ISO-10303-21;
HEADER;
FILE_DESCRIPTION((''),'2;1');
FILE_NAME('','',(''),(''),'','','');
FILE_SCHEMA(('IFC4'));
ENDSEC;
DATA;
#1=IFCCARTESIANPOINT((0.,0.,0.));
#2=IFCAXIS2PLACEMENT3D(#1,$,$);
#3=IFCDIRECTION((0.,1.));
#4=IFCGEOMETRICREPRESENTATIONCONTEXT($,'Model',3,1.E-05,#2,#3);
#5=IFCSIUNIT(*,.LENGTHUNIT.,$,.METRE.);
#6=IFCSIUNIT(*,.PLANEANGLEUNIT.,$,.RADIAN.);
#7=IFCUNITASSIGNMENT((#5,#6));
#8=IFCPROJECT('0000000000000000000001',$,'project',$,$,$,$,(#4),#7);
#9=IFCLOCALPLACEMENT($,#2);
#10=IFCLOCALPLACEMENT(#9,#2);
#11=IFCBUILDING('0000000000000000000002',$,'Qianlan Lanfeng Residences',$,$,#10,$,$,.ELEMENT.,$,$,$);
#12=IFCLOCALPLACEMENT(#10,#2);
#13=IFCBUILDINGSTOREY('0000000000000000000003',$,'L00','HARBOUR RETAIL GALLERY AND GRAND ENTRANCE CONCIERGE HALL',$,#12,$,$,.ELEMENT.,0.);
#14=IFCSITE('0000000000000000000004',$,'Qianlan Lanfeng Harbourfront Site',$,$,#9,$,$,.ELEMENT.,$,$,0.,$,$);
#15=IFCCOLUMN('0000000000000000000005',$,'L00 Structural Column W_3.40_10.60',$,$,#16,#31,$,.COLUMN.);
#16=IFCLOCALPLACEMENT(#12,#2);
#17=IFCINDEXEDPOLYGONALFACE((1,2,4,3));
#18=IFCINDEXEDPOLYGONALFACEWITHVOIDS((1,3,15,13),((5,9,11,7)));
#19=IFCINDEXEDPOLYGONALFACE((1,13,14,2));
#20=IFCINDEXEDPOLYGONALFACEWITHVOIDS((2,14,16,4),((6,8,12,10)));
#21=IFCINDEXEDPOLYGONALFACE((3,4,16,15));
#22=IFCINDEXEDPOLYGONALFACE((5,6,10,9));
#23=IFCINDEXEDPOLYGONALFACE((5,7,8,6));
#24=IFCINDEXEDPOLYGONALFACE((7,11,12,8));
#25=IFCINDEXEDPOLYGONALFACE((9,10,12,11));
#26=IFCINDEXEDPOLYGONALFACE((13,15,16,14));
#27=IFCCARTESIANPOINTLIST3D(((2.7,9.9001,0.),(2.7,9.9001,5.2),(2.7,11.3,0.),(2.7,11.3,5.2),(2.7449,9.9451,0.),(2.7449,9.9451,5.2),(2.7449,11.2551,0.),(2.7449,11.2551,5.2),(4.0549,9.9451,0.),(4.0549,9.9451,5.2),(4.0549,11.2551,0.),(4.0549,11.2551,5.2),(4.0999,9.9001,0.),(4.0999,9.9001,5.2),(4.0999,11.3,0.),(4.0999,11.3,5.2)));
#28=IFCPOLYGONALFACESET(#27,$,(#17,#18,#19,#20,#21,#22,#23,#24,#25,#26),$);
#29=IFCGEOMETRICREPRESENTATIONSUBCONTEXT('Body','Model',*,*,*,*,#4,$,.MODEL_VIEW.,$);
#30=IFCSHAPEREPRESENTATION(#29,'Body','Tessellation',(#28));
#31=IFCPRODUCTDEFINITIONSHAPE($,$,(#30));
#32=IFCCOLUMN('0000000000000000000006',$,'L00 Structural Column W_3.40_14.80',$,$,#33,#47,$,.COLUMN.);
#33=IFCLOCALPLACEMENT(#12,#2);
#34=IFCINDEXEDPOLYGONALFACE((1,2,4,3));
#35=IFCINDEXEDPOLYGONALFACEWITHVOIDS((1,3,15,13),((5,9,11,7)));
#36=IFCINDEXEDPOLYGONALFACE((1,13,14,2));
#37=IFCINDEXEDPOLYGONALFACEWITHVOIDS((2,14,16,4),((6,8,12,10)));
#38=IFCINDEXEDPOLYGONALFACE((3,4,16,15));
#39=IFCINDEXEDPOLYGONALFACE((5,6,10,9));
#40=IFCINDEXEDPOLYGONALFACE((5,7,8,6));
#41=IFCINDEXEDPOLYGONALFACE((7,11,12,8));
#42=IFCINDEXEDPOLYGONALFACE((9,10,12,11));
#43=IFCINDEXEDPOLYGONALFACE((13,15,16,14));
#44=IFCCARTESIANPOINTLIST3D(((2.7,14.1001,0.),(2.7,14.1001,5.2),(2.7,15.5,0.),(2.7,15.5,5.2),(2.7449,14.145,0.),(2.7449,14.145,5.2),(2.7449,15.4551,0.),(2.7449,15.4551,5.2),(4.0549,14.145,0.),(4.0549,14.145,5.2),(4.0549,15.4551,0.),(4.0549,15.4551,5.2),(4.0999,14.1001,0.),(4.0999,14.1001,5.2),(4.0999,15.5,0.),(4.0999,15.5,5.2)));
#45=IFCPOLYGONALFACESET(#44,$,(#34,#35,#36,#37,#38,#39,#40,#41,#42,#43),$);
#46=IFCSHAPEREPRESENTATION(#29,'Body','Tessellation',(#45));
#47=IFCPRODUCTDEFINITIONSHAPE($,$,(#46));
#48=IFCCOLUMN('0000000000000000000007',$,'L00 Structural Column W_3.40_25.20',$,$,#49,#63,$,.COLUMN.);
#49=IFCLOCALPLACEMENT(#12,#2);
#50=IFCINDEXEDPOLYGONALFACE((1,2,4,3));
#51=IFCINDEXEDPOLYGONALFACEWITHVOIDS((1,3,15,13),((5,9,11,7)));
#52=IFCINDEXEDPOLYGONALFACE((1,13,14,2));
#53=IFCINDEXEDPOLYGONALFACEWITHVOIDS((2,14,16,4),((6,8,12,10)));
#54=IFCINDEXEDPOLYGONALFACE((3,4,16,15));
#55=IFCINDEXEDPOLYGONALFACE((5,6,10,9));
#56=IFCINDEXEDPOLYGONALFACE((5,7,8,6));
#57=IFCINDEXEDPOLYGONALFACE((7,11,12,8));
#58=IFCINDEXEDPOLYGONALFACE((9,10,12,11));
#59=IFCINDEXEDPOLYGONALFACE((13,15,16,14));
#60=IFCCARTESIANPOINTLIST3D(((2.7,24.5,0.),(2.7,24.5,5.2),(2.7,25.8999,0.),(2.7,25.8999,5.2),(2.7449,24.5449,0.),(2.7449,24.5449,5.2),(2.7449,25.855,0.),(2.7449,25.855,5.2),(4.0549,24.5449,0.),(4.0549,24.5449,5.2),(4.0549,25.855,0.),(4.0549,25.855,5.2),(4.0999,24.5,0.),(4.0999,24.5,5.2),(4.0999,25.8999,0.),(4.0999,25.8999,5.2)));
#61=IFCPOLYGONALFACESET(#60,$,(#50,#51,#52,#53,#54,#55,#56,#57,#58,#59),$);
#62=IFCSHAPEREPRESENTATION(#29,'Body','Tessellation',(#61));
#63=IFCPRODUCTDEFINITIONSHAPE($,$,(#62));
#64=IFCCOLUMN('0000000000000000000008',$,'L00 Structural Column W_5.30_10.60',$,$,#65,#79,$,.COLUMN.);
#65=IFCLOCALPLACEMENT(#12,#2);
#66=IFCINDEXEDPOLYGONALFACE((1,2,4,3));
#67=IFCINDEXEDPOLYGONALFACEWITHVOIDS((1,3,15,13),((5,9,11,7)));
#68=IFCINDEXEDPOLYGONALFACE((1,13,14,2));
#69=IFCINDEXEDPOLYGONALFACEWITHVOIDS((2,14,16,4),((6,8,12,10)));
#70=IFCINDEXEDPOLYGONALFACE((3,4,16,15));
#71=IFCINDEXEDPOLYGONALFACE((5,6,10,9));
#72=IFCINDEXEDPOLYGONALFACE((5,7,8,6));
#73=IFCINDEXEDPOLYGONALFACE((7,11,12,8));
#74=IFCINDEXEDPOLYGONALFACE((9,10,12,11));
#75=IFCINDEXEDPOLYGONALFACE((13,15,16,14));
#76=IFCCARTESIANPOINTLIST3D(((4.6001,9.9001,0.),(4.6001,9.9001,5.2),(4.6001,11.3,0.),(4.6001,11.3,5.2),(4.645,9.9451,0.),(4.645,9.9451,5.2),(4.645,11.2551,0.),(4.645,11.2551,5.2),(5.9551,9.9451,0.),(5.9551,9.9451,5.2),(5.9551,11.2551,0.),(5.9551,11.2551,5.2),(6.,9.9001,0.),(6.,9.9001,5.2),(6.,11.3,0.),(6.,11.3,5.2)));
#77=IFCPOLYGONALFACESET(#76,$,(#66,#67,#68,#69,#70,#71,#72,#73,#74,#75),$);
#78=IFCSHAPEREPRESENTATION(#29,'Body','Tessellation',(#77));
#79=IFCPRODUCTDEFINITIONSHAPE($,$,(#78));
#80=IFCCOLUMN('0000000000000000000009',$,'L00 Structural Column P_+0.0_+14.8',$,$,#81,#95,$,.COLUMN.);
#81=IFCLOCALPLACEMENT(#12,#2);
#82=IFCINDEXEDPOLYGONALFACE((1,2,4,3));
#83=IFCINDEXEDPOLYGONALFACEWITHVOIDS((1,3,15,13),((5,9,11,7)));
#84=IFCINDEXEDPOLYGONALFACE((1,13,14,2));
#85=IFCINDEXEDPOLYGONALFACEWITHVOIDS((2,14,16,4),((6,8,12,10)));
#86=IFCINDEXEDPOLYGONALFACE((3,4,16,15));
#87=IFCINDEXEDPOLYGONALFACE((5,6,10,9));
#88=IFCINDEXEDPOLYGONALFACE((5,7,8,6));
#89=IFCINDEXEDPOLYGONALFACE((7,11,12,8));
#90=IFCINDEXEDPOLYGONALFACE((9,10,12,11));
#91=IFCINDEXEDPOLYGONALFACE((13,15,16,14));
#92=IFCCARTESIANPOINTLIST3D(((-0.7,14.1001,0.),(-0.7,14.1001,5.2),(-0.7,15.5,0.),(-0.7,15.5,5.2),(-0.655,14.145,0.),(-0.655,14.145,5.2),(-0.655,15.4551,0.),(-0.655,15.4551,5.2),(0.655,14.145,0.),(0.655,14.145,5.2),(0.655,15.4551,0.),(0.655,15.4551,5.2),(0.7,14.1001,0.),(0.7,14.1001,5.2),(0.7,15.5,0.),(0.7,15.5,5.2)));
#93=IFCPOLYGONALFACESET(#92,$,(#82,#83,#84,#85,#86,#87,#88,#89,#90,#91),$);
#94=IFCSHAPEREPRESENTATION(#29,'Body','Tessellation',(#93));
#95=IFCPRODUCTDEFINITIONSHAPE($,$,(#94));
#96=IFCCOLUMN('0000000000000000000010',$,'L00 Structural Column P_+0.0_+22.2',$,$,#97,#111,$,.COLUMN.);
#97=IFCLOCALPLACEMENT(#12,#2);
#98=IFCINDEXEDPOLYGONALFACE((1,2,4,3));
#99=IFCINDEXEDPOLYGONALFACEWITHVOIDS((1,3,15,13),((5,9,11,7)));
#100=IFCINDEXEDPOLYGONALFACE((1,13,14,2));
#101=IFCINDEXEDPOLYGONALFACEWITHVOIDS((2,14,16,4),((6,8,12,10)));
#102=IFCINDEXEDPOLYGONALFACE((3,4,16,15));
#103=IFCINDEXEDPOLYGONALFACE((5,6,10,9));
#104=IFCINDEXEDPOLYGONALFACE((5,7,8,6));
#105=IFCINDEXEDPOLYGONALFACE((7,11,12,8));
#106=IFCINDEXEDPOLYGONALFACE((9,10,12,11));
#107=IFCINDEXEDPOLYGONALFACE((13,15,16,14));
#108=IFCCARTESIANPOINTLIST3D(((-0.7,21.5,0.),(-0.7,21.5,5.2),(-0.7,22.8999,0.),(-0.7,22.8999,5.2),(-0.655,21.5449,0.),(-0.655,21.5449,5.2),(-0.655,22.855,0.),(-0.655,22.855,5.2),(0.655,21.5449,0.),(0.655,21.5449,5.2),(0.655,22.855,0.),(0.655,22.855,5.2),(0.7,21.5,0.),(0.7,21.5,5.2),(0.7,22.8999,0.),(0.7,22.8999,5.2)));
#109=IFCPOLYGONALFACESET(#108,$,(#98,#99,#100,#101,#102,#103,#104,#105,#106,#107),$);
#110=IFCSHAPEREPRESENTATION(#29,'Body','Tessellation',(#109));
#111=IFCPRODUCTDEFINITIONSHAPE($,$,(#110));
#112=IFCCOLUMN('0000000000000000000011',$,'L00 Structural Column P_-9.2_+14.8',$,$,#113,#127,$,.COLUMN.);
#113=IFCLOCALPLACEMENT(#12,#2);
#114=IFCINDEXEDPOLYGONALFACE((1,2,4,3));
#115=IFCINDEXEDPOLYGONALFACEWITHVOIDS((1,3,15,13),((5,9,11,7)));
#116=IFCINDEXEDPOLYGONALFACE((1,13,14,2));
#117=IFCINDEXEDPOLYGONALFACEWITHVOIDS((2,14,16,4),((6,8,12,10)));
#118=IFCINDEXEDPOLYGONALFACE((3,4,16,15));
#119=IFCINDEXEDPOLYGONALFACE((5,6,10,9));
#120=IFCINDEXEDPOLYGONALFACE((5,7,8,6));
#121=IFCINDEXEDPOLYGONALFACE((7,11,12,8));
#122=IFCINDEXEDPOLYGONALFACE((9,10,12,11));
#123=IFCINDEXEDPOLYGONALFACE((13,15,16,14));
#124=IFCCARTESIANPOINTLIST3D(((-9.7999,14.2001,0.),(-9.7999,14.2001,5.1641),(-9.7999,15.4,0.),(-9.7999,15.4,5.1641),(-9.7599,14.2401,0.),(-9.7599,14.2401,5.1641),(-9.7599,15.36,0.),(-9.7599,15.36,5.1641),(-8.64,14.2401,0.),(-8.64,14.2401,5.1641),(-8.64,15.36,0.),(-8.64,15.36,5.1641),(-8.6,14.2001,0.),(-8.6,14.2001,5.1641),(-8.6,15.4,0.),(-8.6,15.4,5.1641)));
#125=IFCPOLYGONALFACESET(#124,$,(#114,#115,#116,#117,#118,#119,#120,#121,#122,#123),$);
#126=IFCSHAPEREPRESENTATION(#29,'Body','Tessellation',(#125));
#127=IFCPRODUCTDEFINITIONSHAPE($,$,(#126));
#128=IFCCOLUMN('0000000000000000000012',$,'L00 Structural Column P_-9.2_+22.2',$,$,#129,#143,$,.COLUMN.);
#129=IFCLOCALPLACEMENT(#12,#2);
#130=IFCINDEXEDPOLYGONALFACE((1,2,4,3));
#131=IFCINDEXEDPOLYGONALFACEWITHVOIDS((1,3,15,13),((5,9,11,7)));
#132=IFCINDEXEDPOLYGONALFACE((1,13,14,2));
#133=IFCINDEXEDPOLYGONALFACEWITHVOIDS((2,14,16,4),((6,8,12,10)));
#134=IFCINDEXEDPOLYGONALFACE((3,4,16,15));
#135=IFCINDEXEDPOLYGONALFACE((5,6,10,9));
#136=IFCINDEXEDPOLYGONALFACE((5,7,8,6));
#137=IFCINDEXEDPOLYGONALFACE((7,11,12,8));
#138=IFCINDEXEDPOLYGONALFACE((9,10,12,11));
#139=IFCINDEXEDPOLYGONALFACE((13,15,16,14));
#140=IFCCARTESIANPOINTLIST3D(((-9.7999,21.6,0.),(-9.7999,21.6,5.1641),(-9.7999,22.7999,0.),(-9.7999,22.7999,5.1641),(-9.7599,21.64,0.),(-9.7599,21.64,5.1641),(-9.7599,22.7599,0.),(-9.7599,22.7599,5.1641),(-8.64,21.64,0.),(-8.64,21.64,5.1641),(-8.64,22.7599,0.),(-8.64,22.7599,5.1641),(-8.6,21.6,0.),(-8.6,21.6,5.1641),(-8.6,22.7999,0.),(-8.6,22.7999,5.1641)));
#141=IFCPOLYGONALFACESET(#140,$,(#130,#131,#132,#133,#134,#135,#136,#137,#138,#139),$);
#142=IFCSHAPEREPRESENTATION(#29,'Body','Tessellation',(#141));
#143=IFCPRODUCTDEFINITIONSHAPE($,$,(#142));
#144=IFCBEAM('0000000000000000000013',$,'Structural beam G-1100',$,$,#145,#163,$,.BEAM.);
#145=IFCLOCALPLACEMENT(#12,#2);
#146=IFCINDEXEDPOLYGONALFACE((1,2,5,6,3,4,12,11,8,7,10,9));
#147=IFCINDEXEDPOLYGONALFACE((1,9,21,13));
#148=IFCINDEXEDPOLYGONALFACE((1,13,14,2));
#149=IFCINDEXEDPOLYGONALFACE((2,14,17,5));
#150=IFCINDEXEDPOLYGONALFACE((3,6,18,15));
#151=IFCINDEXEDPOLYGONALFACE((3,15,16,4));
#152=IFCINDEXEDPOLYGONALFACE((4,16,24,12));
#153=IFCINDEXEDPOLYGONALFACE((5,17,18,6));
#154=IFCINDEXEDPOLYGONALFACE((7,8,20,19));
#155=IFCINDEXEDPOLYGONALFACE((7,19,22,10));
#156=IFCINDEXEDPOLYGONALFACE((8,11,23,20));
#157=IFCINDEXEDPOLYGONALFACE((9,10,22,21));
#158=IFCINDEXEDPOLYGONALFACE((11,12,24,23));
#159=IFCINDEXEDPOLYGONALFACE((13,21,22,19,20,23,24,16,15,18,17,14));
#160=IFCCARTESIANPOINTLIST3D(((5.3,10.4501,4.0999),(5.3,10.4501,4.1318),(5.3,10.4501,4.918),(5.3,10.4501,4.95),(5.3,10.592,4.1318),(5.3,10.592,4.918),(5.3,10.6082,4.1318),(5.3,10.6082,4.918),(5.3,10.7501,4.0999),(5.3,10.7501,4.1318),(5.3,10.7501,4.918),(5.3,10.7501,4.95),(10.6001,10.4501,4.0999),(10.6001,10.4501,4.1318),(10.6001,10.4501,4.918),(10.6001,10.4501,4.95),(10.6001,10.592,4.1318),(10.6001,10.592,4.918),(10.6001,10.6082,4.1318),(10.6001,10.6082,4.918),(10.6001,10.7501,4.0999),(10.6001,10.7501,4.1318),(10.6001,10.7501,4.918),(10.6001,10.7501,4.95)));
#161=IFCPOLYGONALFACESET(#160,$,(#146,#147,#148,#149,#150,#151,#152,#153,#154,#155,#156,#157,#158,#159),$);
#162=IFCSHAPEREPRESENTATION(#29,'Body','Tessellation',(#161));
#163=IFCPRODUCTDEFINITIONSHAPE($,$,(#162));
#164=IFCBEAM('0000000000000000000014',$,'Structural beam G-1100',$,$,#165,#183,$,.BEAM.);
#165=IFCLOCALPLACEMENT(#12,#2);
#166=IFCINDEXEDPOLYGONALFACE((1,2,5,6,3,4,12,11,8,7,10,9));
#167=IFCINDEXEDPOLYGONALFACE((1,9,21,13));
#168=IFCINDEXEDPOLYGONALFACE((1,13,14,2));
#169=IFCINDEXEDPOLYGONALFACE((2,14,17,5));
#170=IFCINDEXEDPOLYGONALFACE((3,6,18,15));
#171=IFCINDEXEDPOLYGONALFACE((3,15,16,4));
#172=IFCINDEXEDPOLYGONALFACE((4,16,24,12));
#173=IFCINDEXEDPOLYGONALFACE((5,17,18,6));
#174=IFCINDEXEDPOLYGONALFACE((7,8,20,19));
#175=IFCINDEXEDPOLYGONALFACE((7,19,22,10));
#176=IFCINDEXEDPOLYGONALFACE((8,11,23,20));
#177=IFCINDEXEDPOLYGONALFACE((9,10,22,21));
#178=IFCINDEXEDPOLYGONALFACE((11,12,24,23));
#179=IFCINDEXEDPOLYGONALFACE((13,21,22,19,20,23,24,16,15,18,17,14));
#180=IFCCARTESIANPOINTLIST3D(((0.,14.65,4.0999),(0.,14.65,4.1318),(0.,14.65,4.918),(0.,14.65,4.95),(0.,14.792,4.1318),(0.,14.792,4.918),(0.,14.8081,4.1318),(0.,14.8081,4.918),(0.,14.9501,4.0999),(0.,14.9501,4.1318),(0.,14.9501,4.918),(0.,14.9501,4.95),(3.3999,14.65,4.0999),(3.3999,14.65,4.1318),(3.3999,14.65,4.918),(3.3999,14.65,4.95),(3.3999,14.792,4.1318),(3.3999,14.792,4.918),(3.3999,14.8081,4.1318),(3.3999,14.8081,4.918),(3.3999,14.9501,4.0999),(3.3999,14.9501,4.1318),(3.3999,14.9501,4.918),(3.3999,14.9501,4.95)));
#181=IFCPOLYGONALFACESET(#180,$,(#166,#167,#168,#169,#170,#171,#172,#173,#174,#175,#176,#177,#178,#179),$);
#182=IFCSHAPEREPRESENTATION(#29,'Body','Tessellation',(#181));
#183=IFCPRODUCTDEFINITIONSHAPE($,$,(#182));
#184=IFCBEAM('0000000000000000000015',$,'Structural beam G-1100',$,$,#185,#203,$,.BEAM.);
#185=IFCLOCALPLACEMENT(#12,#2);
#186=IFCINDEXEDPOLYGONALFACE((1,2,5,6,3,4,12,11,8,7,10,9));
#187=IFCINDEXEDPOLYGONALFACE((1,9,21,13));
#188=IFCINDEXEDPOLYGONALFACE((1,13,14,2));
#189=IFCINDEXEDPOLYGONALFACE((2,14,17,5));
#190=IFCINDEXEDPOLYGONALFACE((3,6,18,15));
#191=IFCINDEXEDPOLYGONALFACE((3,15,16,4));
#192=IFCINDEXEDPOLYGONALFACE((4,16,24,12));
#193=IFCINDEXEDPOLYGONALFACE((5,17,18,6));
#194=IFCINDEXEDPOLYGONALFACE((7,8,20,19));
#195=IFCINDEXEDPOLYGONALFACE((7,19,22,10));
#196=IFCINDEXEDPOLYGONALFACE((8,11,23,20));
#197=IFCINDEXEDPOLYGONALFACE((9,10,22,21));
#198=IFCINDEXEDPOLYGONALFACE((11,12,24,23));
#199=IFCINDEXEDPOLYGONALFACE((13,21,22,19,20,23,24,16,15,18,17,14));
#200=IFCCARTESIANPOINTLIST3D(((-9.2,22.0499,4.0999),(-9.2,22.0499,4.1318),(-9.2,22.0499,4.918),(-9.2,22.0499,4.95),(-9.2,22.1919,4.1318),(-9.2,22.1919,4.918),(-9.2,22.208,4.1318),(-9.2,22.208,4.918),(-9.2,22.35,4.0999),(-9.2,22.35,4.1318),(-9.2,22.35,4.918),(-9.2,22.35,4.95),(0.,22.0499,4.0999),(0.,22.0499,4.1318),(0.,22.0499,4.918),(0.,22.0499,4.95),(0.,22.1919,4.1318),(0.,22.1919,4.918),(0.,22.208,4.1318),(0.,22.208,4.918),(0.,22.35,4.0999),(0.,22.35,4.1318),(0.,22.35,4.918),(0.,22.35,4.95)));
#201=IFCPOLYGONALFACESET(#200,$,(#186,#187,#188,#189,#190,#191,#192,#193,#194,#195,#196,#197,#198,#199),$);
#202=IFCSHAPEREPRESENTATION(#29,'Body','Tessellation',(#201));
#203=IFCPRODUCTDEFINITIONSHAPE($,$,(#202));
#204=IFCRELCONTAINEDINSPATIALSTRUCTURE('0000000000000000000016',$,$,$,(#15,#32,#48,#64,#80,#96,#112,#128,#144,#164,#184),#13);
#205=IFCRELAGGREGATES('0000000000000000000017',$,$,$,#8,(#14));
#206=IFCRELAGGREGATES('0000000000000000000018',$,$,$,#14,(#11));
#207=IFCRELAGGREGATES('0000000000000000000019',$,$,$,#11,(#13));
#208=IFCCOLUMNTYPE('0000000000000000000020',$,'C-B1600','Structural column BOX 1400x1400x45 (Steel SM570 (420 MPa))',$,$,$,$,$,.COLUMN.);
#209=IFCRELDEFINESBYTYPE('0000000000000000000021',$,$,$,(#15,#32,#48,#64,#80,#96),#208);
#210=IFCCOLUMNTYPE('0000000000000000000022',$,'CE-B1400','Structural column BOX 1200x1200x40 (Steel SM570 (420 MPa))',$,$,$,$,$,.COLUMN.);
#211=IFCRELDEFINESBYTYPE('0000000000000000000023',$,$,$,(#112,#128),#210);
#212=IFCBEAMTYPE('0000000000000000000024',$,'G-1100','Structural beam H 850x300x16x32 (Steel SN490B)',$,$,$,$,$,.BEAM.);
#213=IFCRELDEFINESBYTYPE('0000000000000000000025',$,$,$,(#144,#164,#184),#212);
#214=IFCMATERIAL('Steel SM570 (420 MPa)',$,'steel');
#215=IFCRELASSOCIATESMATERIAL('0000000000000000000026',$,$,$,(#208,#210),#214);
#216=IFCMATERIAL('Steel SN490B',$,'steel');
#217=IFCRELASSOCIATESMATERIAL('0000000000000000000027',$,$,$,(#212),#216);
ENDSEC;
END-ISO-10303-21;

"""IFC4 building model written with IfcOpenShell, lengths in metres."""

from ifc_helpers import new_model, si_unit, direction, frame, origin, origin_2d, place, context, subcontext, project, spatial, hollow_rectangle, i_section, extrude, material, material_profile, profile_set, type_object, element, save


model = new_model("IFC4")

# Units and contexts
model_context = context("Model", 3, precision=1e-05, world=origin(), true_north=direction((0.0, 1.0)))
body_context = subcontext(model_context, "Body", "Model", "MODEL_VIEW")
ifc_project = project(units=[si_unit("LENGTHUNIT", "METRE"), si_unit("PLANEANGLEUNIT", "RADIAN")], contexts=[model_context])

# Site, building, storey
site_placement = place(None, origin())
site = spatial("IfcSite", under=ifc_project, at=site_placement, Name="Qianlan Lanfeng Harbourfront Site", CompositionType="ELEMENT", RefElevation=0.0)
building_placement = place(site_placement, origin())
building = spatial("IfcBuilding", under=site, at=building_placement, Name="Qianlan Lanfeng Residences", CompositionType="ELEMENT")
storey_placement = place(building_placement, origin())
storey = spatial("IfcBuildingStorey", under=building, at=storey_placement, Name="L00", Description="HARBOUR RETAIL GALLERY AND GRAND ENTRANCE CONCIERGE HALL", CompositionType="ELEMENT", Elevation=0.0)

# Columns
ifc_material_1 = material(Name="Steel SM570 (420 MPa)", Category="steel")
ifc_material_profile_1 = material_profile(ifc_material_1, hollow_rectangle(XDim=1.3999, YDim=1.3999, WallThickness=0.0449, at=origin_2d()), Name="BOX 1400x1400x45")
ifc_profile_set_1 = profile_set([ifc_material_profile_1], Name="Steel SM570 (420 MPa)")
column_type_1 = type_object("IfcColumnType", Name="C-B1600", Description="Structural column BOX 1400x1400x45 (Steel SM570 (420 MPa))", PredefinedType="COLUMN", material=ifc_profile_set_1)
for number, where, z_axis, x_axis, name in (
    (1, (3.3999, 10.6001, 0.0), (0.0, 0.0, 1.0), (1.0, 0.0, 0.0), "L00 Structural Column W_3.40_10.60"),
    (2, (3.3999, 14.8, 0.0), (0.0, 0.0, 1.0), (1.0, 0.0, 0.0), "L00 Structural Column W_3.40_14.80"),
    (3, (3.3999, 25.2, 0.0), (0.0, 0.0, 1.0), (1.0, 0.0, 0.0), "L00 Structural Column W_3.40_25.20"),
    (4, (5.3, 10.6001, 0.0), (0.0, 0.0, 1.0), (1.0, 0.0, 0.0), "L00 Structural Column W_5.30_10.60"),
    (5, (0.0, 14.8, 0.0), (0.0, 0.0, 1.0), (1.0, 0.0, 0.0), "L00 Structural Column P_+0.0_+14.8"),
    (6, (0.0, 22.2, 0.0), (0.0, 0.0, 1.0), (1.0, 0.0, 0.0), "L00 Structural Column P_+0.0_+22.2"),
):
    element("IfcColumn", number, at=place(storey_placement, frame(where, z_axis=z_axis, x_axis=x_axis)), inside=storey, type_object=column_type_1, Name=name, PredefinedType="COLUMN", context=body_context, shape_type="SweptSolid", body=[
        extrude(hollow_rectangle(XDim=1.3999, YDim=1.3999, WallThickness=0.0449, at=origin_2d()), origin(), (0.0, 0.0, 1.0), 5.2),
    ])
ifc_material_profile_2 = material_profile(ifc_material_1, hollow_rectangle(XDim=1.2, YDim=1.2, WallThickness=0.04, at=origin_2d()), Name="BOX 1200x1200x40")
ifc_profile_set_2 = profile_set([ifc_material_profile_2], Name="Steel SM570 (420 MPa)")
column_type_2 = type_object("IfcColumnType", Name="CE-B1400", Description="Structural column BOX 1200x1200x40 (Steel SM570 (420 MPa))", PredefinedType="COLUMN", material=ifc_profile_set_2)
for number, where, z_axis, x_axis, name in (
    (7, (-9.2, 14.8, 0.0), (0.0, 0.0, 1.0), (1.0, 0.0, 0.0), "L00 Structural Column P_-9.2_+14.8"),
    (8, (-9.2, 22.2, 0.0), (0.0, 0.0, 1.0), (1.0, 0.0, 0.0), "L00 Structural Column P_-9.2_+22.2"),
):
    element("IfcColumn", number, at=place(storey_placement, frame(where, z_axis=z_axis, x_axis=x_axis)), inside=storey, type_object=column_type_2, Name=name, PredefinedType="COLUMN", context=body_context, shape_type="SweptSolid", body=[
        extrude(hollow_rectangle(XDim=1.2, YDim=1.2, WallThickness=0.04, at=origin_2d()), origin(), (0.0, 0.0, 1.0), 5.1641),
    ])

# Beams
ifc_material_2 = material(Name="Steel SN490B", Category="steel")
ifc_material_profile_3 = material_profile(ifc_material_2, i_section(OverallWidth=0.3, OverallDepth=0.8501, WebThickness=0.0161, FlangeThickness=0.032, at=origin_2d()), Name="H 850x300x16x32")
ifc_profile_set_3 = profile_set([ifc_material_profile_3], Name="Steel SN490B")
beam_type_1 = type_object("IfcBeamType", Name="G-1100", Description="Structural beam H 850x300x16x32 (Steel SN490B)", PredefinedType="BEAM", material=ifc_profile_set_3)
beam_1_placement = place(storey_placement, frame((5.3, 10.6001, 4.5249), z_axis=(1.0, 0.0, 0.0), x_axis=(0.0, 1.0, 0.0)))
element("IfcBeam", 9, at=beam_1_placement, inside=storey, type_object=beam_type_1, Name="Structural beam G-1100", PredefinedType="BEAM", context=body_context, shape_type="SweptSolid", body=[
    extrude(i_section(OverallWidth=0.3, OverallDepth=0.8501, WebThickness=0.0161, FlangeThickness=0.032, at=origin_2d()), origin(), (0.0, 0.0, 1.0), 5.3),
])
beam_2_placement = place(storey_placement, frame((0.0, 14.8, 4.5249), z_axis=(1.0, 0.0, 0.0), x_axis=(0.0, 1.0, 0.0)))
element("IfcBeam", 10, at=beam_2_placement, inside=storey, type_object=beam_type_1, Name="Structural beam G-1100", PredefinedType="BEAM", context=body_context, shape_type="SweptSolid", body=[
    extrude(i_section(OverallWidth=0.3, OverallDepth=0.8501, WebThickness=0.0161, FlangeThickness=0.032, at=origin_2d()), origin(), (0.0, 0.0, 1.0), 3.3999),
])
beam_3_placement = place(storey_placement, frame((-9.2, 22.2, 4.5249), z_axis=(1.0, 0.0, 0.0), x_axis=(0.0, 1.0, 0.0)))
element("IfcBeam", 11, at=beam_3_placement, inside=storey, type_object=beam_type_1, Name="Structural beam G-1100", PredefinedType="BEAM", context=body_context, shape_type="SweptSolid", body=[
    extrude(i_section(OverallWidth=0.3, OverallDepth=0.8501, WebThickness=0.0161, FlangeThickness=0.032, at=origin_2d()), origin(), (0.0, 0.0, 1.0), 9.2),
])

save(model, "model.ifc")
